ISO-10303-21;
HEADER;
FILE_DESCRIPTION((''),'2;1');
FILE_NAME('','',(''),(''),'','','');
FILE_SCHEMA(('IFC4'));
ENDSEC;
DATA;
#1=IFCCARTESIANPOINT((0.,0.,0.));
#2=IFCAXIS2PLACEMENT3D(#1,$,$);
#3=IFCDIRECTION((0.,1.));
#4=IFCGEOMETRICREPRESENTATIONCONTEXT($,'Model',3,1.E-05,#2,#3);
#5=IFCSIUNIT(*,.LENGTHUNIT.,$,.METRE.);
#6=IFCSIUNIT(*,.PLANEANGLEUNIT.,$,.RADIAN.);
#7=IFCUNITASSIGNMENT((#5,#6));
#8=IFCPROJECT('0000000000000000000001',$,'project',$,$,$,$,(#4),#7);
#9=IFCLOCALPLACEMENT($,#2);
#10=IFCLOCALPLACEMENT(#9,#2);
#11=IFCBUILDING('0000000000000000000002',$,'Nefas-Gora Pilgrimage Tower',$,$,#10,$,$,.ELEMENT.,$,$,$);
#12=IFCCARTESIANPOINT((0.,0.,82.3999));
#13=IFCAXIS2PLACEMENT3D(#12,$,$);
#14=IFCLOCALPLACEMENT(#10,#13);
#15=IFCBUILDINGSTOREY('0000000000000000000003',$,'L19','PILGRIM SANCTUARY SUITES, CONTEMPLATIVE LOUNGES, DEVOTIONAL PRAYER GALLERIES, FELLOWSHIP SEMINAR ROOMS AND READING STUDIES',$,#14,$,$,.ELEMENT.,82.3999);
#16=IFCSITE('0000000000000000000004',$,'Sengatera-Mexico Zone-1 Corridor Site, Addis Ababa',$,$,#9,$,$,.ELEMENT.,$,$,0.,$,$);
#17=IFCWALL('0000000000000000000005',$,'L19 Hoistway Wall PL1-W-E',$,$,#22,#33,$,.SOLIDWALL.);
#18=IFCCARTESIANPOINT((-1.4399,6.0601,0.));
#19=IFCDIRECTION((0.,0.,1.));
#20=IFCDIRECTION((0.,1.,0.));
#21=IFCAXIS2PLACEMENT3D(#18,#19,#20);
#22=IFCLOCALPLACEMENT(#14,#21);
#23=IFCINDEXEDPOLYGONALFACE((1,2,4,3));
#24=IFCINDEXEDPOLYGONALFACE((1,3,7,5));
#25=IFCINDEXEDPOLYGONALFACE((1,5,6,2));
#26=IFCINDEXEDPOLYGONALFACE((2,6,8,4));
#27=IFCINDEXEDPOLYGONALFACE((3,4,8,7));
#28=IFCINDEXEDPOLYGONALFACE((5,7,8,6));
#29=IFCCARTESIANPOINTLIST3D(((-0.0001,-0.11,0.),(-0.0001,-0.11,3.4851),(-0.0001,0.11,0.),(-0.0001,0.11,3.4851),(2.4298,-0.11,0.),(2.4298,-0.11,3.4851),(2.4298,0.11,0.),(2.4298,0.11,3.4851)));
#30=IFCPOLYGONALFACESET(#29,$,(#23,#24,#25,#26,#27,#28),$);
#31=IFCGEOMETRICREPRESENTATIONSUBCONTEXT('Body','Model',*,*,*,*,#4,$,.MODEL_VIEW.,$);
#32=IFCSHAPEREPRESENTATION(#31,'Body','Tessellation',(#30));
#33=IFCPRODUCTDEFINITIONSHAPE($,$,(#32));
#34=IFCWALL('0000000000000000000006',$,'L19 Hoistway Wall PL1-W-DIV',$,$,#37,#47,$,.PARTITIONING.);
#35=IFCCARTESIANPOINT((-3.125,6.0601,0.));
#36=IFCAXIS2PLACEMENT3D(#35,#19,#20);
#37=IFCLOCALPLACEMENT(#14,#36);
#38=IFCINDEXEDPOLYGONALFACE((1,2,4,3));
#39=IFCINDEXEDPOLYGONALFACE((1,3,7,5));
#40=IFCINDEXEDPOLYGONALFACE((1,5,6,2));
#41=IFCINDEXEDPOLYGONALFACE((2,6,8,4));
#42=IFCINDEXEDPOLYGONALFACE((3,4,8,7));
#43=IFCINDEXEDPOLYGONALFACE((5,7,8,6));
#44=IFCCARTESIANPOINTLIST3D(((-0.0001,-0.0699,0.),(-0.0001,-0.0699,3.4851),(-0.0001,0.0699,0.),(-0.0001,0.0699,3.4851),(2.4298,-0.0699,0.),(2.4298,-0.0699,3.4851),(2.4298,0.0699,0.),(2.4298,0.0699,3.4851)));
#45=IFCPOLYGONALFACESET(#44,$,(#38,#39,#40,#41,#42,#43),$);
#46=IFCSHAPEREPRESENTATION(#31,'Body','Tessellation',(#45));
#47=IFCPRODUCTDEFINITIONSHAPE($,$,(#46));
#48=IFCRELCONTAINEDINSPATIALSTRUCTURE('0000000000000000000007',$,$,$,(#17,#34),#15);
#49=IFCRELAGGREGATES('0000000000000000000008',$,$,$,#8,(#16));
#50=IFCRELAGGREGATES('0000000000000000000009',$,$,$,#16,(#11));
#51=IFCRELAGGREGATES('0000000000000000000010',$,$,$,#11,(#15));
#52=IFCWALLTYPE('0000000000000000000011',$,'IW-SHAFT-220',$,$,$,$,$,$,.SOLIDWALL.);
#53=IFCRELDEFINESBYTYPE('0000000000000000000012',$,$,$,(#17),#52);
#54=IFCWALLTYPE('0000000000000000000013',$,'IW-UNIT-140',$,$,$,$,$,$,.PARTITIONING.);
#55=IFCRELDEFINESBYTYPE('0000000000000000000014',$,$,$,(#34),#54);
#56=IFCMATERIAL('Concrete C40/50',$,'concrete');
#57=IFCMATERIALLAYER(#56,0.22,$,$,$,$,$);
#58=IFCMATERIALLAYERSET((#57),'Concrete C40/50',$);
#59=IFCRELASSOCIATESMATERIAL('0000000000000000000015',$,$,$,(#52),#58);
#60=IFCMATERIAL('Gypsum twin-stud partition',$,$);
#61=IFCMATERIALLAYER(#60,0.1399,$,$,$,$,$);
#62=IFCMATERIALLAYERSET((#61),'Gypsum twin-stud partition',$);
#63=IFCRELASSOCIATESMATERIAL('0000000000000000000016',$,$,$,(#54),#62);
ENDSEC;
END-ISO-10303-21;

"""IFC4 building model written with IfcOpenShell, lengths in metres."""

from ifc_helpers import new_model, si_unit, direction, frame, frame_2d, origin, place, context, subcontext, project, spatial, rectangle, extrude, source, transform, mapped, material, layer, layer_set, type_object, element, save


model = new_model("IFC4")

# Units and contexts
model_context = context("Model", 3, precision=1e-05, world=origin(), true_north=direction((0.0, 1.0)))
body_context = subcontext(model_context, "Body", "Model", "MODEL_VIEW")
ifc_project = project(units=[si_unit("LENGTHUNIT", "METRE"), si_unit("PLANEANGLEUNIT", "RADIAN")], contexts=[model_context])

# Site, building, storey
site_placement = place(None, origin())
site = spatial("IfcSite", under=ifc_project, at=site_placement, Name="Sengatera-Mexico Zone-1 Corridor Site, Addis Ababa", CompositionType="ELEMENT", RefElevation=0.0)
building_placement = place(site_placement, origin())
building = spatial("IfcBuilding", under=site, at=building_placement, Name="Nefas-Gora Pilgrimage Tower", CompositionType="ELEMENT")
storey_placement = place(building_placement, frame((0.0, 0.0, 82.3999)))
storey = spatial("IfcBuildingStorey", under=building, at=storey_placement, Name="L19", Description="PILGRIM SANCTUARY SUITES, CONTEMPLATIVE LOUNGES, DEVOTIONAL PRAYER GALLERIES, FELLOWSHIP SEMINAR ROOMS AND READING STUDIES", CompositionType="ELEMENT", Elevation=82.3999)

# Shared definitions
ifc_material_1 = material(Name="Concrete C40/50", Category="concrete")

# Shared definitions
ifc_layer_1 = layer(ifc_material_1, 0.22)
ifc_layer_set_1 = layer_set([ifc_layer_1], Name="Concrete C40/50")
wall_type_1 = type_object("IfcWallType", Name="IW-SHAFT-220", PredefinedType="SOLIDWALL", material=ifc_layer_set_1)

# Walls
shared_shape_1 = source(origin(), body_context, "Body", "SweptSolid", [
    extrude(rectangle(XDim=2.4299, YDim=0.22, at=frame_2d((1.2148, 0.0))), origin(), (0.0, 0.0, 1.0), 3.4851),
])
for number, where, z_axis, x_axis, name in (
    (1, (-1.4399, 6.0601, 0.0), (0.0, 0.0, 1.0), (0.0, 1.0, 0.0), "L19 Hoistway Wall PL1-W-E"),
):
    element("IfcWall", number, at=place(storey_placement, frame(where, z_axis=z_axis, x_axis=x_axis)), inside=storey, type_object=wall_type_1, Name=name, PredefinedType="SOLIDWALL", context=body_context, shape_type="MappedRepresentation", body=[
        mapped(shared_shape_1, transform((0.0, 0.0, 0.0), x_axis=(1.0, 0.0, 0.0), y_axis=(0.0, 1.0, 0.0), z_axis=(0.0, 0.0, 1.0), scale=1.0)),
    ])
ifc_material_2 = material(Name="Gypsum twin-stud partition")
ifc_layer_2 = layer(ifc_material_2, 0.1399)
ifc_layer_set_2 = layer_set([ifc_layer_2], Name="Gypsum twin-stud partition")
wall_type_2 = type_object("IfcWallType", Name="IW-UNIT-140", PredefinedType="PARTITIONING", material=ifc_layer_set_2)
shared_shape_2 = source(origin(), body_context, "Body", "SweptSolid", [
    extrude(rectangle(XDim=2.4299, YDim=0.1399, at=frame_2d((1.2148, 0.0))), origin(), (0.0, 0.0, 1.0), 3.4851),
])
wall_1_placement = place(storey_placement, frame((-3.125, 6.0601, 0.0), z_axis=(0.0, 0.0, 1.0), x_axis=(0.0, 1.0, 0.0)))
element("IfcWall", 2, at=wall_1_placement, inside=storey, type_object=wall_type_2, Name="L19 Hoistway Wall PL1-W-DIV", PredefinedType="PARTITIONING", context=body_context, shape_type="MappedRepresentation", body=[
    mapped(shared_shape_2, transform((0.0, 0.0, 0.0), x_axis=(1.0, 0.0, 0.0), y_axis=(0.0, 1.0, 0.0), z_axis=(0.0, 0.0, 1.0), scale=1.0)),
])

save(model, "model.ifc")
